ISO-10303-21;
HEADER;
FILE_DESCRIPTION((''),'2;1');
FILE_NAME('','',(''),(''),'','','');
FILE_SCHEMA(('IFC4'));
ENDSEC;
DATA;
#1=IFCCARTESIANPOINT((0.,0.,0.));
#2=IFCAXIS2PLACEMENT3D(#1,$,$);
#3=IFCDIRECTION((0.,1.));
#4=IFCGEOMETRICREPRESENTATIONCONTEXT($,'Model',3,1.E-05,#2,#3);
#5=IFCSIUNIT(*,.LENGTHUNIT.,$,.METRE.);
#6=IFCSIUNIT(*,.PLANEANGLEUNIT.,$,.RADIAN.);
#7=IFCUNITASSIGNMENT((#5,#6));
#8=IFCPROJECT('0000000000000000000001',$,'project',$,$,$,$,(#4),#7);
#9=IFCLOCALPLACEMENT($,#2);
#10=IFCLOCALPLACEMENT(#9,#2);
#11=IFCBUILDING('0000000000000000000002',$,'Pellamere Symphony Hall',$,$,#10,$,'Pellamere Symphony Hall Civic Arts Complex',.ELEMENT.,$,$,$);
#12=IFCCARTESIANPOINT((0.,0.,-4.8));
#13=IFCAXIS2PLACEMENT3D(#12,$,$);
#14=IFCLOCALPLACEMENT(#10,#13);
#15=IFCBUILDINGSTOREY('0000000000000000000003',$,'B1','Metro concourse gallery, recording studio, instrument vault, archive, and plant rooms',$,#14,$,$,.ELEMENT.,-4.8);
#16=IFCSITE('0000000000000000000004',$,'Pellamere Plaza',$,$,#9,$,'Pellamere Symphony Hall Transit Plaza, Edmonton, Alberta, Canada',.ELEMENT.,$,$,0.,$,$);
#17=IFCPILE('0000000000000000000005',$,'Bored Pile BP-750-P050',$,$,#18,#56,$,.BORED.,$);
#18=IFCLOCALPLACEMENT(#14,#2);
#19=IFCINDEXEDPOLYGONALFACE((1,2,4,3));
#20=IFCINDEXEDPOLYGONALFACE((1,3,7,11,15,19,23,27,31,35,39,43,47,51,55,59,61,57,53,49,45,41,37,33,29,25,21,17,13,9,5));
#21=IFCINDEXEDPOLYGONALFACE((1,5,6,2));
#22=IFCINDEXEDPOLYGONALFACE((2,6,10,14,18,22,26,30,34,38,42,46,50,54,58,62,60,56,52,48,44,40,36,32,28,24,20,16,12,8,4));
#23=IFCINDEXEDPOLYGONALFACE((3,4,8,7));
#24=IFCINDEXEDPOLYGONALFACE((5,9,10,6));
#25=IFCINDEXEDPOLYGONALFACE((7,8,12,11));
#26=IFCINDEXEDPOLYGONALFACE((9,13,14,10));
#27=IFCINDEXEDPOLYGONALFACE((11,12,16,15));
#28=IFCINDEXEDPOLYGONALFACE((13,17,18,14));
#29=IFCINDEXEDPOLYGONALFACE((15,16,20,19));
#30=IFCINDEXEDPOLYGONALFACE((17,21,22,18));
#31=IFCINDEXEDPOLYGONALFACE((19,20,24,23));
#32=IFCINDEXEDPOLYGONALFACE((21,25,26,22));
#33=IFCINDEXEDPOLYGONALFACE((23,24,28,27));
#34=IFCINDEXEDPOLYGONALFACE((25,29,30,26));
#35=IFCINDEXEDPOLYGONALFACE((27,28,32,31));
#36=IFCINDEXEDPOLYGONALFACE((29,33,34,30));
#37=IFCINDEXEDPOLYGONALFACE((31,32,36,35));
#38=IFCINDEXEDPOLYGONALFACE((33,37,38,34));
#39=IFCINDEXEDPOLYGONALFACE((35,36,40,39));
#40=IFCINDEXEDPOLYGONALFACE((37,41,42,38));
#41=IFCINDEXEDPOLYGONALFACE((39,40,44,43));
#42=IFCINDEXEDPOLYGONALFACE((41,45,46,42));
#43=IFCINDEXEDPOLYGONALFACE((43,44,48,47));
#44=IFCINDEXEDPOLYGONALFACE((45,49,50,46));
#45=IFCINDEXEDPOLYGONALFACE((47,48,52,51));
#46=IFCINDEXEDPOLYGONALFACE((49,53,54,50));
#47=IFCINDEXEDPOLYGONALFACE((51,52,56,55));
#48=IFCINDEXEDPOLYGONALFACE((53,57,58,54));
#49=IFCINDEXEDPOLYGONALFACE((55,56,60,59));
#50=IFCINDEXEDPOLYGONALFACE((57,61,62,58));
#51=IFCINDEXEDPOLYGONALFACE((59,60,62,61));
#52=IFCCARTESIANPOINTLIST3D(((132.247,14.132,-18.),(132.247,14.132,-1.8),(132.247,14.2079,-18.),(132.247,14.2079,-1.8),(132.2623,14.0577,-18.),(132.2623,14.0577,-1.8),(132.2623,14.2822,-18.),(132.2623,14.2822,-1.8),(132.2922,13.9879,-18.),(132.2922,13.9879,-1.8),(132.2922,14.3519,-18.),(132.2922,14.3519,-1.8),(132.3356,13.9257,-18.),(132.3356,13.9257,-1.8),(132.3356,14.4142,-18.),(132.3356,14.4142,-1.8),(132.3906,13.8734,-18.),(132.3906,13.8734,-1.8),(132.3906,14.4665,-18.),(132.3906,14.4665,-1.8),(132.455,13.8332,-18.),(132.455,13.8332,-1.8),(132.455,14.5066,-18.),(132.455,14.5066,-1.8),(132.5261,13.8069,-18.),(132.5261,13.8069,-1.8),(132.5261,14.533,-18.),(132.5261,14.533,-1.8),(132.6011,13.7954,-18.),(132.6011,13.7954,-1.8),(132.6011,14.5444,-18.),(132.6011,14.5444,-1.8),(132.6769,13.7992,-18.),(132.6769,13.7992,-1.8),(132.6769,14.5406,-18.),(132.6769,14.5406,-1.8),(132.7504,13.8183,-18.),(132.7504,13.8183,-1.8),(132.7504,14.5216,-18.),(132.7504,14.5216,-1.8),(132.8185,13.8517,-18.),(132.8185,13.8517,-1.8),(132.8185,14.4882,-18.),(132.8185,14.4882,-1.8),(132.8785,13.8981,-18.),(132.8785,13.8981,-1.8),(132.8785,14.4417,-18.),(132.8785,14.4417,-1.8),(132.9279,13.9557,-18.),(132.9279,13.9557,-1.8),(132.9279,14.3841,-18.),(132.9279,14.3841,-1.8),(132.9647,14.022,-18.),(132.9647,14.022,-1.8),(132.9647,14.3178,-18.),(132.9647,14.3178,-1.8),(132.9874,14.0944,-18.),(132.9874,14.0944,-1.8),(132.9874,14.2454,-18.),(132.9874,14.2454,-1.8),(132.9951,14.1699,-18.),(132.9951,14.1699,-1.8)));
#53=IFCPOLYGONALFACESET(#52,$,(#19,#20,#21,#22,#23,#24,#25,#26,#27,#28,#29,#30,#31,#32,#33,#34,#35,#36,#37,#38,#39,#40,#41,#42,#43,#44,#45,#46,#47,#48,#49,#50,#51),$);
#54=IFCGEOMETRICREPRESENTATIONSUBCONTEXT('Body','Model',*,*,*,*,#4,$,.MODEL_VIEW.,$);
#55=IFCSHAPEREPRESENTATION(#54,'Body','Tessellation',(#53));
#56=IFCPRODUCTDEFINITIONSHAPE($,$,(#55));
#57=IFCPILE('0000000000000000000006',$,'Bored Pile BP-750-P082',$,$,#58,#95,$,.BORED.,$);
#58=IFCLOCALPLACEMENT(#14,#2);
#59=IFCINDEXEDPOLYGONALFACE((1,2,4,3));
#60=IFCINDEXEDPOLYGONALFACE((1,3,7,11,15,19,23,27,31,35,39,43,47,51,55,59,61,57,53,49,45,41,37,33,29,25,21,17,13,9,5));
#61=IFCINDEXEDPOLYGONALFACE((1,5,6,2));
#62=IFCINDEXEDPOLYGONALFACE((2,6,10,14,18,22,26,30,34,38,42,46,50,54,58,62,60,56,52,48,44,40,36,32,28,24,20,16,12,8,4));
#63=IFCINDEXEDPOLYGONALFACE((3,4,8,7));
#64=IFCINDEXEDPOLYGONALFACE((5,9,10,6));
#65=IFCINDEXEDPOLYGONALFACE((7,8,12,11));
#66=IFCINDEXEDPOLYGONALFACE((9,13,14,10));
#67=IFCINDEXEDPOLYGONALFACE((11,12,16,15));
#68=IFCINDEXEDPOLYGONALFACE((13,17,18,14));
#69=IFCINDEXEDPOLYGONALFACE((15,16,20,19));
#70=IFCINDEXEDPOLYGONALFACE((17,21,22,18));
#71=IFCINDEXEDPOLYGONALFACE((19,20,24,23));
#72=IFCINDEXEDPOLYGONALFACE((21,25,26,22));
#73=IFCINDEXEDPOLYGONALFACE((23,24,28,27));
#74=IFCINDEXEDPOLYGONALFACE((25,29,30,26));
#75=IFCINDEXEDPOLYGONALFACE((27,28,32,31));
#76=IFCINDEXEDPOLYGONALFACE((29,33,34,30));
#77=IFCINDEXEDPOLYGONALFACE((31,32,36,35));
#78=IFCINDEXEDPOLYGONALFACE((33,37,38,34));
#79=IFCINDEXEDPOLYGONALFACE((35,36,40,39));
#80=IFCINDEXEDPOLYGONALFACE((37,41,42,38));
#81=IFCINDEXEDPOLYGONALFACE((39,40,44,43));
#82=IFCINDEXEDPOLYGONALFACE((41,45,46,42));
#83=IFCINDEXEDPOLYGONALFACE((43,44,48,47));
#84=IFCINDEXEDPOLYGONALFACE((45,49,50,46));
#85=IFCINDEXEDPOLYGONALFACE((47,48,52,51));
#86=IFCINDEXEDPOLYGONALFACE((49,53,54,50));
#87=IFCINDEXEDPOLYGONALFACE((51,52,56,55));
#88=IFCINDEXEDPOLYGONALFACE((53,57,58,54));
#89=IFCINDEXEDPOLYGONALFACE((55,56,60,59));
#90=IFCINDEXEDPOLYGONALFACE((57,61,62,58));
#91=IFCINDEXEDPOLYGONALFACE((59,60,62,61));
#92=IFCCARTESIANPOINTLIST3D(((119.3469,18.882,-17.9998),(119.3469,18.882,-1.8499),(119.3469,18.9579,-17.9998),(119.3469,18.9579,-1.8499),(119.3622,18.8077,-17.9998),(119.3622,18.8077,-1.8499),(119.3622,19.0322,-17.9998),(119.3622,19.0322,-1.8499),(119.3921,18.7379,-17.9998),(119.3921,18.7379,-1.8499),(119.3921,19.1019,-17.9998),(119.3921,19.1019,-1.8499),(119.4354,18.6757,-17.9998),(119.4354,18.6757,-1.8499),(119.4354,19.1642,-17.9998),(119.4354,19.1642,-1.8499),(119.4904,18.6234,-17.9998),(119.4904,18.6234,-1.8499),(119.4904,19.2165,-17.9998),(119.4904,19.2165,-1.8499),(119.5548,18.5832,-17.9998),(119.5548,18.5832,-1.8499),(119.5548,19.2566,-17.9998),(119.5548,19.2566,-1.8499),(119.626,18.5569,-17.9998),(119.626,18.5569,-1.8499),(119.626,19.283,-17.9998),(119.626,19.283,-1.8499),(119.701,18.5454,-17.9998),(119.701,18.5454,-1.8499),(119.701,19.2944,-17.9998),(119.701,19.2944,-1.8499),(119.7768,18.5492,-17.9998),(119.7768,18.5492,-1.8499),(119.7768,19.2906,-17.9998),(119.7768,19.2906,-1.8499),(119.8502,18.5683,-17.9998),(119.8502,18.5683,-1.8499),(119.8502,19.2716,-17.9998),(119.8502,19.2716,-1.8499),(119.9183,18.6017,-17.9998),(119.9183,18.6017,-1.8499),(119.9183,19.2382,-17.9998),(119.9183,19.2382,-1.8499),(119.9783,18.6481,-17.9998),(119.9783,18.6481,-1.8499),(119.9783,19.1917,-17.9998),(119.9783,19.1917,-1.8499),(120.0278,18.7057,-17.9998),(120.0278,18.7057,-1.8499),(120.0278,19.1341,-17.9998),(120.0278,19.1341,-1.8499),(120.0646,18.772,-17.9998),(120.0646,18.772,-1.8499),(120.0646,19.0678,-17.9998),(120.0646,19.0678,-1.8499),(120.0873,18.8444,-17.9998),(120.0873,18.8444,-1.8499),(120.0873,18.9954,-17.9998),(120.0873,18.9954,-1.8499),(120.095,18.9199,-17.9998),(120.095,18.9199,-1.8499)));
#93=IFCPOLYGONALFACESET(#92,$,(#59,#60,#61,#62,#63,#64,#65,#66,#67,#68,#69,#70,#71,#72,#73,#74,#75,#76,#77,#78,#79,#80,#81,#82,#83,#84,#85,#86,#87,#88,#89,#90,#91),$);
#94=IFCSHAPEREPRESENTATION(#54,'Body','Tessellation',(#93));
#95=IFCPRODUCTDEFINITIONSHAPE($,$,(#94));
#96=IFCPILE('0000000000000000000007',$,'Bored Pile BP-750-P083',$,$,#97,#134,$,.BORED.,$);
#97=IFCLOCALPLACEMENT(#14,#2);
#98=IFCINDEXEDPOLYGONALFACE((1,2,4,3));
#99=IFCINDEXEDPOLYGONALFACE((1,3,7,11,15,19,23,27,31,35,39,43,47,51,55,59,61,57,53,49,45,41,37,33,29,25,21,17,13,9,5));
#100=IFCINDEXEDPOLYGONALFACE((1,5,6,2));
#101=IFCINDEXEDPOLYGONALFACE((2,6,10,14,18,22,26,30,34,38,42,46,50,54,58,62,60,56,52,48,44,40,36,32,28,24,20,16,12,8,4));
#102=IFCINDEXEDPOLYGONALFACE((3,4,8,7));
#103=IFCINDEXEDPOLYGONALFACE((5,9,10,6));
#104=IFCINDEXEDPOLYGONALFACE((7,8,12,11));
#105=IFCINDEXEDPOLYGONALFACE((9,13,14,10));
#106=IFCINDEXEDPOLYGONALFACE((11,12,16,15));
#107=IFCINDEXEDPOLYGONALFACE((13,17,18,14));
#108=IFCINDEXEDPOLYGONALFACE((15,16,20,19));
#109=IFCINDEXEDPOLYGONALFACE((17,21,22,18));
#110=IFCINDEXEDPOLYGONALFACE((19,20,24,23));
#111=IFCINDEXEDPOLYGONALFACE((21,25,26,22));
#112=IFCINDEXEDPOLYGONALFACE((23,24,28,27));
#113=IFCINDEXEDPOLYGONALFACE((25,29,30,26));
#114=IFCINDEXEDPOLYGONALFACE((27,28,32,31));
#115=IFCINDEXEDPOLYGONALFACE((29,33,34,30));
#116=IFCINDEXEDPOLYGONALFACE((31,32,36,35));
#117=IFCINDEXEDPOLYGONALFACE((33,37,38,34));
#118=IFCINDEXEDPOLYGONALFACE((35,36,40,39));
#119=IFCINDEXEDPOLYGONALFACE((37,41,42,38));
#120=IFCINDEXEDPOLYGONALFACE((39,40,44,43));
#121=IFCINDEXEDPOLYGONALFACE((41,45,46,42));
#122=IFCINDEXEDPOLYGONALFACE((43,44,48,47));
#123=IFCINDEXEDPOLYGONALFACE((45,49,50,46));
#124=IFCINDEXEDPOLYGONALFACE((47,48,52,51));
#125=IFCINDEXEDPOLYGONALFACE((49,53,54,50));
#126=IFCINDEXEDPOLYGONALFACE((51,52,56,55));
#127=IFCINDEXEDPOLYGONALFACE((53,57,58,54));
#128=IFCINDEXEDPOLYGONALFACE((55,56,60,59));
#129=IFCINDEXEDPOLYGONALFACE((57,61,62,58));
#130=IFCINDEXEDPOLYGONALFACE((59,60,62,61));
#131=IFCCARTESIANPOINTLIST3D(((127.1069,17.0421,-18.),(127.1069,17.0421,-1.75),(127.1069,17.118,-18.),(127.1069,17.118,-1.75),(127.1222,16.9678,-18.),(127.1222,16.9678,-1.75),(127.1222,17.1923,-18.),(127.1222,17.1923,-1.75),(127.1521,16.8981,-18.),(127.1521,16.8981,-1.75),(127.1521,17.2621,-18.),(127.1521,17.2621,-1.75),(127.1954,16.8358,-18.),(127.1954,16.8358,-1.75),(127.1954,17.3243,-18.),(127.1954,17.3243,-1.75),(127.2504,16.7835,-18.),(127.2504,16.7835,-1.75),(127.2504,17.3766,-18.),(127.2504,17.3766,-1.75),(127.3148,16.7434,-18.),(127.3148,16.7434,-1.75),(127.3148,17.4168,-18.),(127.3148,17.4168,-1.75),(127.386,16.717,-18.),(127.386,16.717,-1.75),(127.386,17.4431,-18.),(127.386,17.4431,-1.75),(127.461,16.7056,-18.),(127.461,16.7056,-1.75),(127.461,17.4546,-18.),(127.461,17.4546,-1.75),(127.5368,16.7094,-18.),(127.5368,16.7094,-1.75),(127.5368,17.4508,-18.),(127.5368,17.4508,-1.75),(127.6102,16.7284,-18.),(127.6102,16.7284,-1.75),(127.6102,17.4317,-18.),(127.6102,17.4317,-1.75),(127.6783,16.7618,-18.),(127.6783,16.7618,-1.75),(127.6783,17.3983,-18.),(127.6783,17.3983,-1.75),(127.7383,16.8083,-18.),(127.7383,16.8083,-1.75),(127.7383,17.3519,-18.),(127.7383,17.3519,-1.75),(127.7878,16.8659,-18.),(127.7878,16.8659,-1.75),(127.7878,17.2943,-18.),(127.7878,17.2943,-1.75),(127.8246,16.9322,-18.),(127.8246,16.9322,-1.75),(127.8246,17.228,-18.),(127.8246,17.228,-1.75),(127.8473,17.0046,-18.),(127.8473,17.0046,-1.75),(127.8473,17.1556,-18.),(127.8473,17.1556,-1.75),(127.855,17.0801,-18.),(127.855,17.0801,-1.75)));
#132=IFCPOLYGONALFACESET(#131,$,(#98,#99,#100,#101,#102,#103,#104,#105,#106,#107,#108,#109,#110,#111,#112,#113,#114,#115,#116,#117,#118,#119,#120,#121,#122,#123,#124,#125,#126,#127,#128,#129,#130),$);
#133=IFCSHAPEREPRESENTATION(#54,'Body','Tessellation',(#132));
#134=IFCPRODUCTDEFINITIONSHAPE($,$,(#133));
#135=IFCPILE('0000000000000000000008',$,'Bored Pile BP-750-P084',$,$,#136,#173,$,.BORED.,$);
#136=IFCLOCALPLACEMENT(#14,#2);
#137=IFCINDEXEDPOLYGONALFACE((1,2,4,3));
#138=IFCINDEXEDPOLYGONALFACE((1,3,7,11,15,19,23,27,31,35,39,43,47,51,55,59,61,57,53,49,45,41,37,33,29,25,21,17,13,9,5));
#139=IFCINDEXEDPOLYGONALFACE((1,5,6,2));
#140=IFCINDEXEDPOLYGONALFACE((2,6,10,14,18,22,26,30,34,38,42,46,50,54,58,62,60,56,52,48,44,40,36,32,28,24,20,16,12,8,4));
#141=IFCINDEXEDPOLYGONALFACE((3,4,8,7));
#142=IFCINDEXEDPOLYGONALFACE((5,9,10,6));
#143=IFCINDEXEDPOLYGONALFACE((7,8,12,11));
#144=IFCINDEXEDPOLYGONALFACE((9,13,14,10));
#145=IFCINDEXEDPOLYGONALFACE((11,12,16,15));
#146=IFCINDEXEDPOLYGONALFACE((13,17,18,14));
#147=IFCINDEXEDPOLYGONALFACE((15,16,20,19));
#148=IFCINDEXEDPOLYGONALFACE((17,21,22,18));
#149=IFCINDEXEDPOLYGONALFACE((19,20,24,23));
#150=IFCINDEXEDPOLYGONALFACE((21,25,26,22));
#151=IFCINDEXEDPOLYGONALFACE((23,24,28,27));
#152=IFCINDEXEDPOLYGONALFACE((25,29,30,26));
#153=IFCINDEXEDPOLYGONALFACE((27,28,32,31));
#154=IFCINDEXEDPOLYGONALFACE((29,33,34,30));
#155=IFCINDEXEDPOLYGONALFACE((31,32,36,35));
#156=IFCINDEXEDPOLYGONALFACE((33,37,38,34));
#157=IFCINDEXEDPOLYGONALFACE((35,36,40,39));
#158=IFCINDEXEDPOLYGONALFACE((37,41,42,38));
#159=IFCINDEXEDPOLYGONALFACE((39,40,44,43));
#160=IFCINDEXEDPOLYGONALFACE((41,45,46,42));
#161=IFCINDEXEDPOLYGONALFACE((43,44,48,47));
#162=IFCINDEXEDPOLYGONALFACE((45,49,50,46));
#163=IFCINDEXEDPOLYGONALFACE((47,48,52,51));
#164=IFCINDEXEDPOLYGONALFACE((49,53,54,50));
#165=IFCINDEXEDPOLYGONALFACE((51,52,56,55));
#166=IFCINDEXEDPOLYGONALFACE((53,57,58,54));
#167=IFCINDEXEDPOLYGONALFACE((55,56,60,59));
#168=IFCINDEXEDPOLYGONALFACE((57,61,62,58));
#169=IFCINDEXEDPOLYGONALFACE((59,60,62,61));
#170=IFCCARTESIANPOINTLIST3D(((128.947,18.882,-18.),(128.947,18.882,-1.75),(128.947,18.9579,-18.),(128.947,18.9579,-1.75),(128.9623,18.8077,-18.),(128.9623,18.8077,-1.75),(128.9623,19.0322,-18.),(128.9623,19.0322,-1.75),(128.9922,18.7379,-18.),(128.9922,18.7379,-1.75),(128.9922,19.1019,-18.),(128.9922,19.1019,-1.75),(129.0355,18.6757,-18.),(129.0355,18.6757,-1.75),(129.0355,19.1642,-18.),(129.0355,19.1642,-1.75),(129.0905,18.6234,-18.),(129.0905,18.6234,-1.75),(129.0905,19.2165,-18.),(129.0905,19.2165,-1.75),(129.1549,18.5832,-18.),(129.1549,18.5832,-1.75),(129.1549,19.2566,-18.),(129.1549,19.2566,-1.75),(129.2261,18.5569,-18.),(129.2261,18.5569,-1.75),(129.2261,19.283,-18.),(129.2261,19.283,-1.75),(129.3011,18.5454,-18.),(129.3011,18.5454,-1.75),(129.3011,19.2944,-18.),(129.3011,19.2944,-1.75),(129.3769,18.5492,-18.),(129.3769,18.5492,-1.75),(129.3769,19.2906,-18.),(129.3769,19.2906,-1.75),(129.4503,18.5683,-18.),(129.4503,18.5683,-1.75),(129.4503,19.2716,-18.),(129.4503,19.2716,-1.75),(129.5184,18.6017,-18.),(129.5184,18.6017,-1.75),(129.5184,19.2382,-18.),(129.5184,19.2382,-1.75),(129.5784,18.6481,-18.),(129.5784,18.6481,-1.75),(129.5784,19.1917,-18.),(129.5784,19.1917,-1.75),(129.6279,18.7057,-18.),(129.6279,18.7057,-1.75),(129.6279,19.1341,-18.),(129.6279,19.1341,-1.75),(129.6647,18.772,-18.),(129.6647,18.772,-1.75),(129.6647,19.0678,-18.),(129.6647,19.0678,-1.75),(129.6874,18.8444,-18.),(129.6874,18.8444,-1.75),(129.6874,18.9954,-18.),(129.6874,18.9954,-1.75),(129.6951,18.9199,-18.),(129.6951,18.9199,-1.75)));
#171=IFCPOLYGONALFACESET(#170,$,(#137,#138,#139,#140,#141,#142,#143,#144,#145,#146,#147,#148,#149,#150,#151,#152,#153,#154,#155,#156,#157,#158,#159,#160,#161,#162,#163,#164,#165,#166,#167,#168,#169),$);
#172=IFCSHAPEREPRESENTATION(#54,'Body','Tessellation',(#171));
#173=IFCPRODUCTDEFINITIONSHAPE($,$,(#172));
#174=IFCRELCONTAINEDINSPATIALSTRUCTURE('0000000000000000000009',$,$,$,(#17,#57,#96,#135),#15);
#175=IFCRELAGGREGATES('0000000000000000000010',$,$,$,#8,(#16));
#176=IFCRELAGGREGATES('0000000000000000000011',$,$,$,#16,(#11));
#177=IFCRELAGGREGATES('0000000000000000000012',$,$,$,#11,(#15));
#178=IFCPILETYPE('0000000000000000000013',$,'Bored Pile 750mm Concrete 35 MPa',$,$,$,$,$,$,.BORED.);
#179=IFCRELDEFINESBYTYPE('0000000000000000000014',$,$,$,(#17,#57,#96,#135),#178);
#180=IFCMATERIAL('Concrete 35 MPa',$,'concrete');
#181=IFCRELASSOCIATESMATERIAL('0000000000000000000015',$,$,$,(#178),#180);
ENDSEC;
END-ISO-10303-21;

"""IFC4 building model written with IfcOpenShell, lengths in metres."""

from ifc_helpers import new_model, si_unit, direction, frame, origin, origin_2d, place, context, subcontext, project, spatial, circle, extrude, material, material_profile, profile_set, type_object, element, save


model = new_model("IFC4")

# Units and contexts
model_context = context("Model", 3, precision=1e-05, world=origin(), true_north=direction((0.0, 1.0)))
body_context = subcontext(model_context, "Body", "Model", "MODEL_VIEW")
ifc_project = project(units=[si_unit("LENGTHUNIT", "METRE"), si_unit("PLANEANGLEUNIT", "RADIAN")], contexts=[model_context])

# Site, building, storey
site_placement = place(None, origin())
site = spatial("IfcSite", under=ifc_project, at=site_placement, Name="Pellamere Plaza", LongName="Pellamere Symphony Hall Transit Plaza, Edmonton, Alberta, Canada", CompositionType="ELEMENT", RefElevation=0.0)
building_placement = place(site_placement, origin())
building = spatial("IfcBuilding", under=site, at=building_placement, Name="Pellamere Symphony Hall", LongName="Pellamere Symphony Hall Civic Arts Complex", CompositionType="ELEMENT")
storey_placement = place(building_placement, frame((0.0, 0.0, -4.8)))
storey = spatial("IfcBuildingStorey", under=building, at=storey_placement, Name="B1", Description="Metro concourse gallery, recording studio, instrument vault, archive, and plant rooms", CompositionType="ELEMENT", Elevation=-4.8)

# Piles
ifc_material_1 = material(Name="Concrete 35 MPa", Category="concrete")
ifc_material_profile_1 = material_profile(ifc_material_1, circle(Radius=0.375, at=origin_2d()), Name="PILE D750")
ifc_profile_set_1 = profile_set([ifc_material_profile_1], Name="Concrete 35 MPa")
pile_type = type_object("IfcPileType", Name="Bored Pile 750mm Concrete 35 MPa", PredefinedType="BORED", material=ifc_profile_set_1)
for number, where, z_axis, x_axis, name in (
    (1, (132.6201, 14.1699, -1.8), (0.0, 0.0, -1.0), (1.0, 0.0, 0.0), "Bored Pile BP-750-P050"),
):
    element("IfcPile", number, at=place(storey_placement, frame(where, z_axis=z_axis, x_axis=x_axis)), inside=storey, type_object=pile_type, Name=name, PredefinedType="BORED", context=body_context, shape_type="SweptSolid", body=[
        extrude(circle(Radius=0.375, at=origin_2d()), origin(), (0.0, 0.0, 1.0), 16.2),
    ])
pile_1_placement = place(storey_placement, frame((119.72, 18.9199, -1.8499), z_axis=(0.0, 0.0, -1.0), x_axis=(1.0, 0.0, 0.0)))
element("IfcPile", 2, at=pile_1_placement, inside=storey, type_object=pile_type, Name="Bored Pile BP-750-P082", PredefinedType="BORED", context=body_context, shape_type="SweptSolid", body=[
    extrude(circle(Radius=0.375, at=origin_2d()), origin(), (0.0, 0.0, 1.0), 16.1499),
])
for number, where, z_axis, x_axis, name in (
    (3, (127.48, 17.0801, -1.75), (0.0, 0.0, -1.0), (1.0, 0.0, 0.0), "Bored Pile BP-750-P083"),
    (4, (129.3201, 18.9199, -1.75), (0.0, 0.0, -1.0), (1.0, 0.0, 0.0), "Bored Pile BP-750-P084"),
):
    element("IfcPile", number, at=place(storey_placement, frame(where, z_axis=z_axis, x_axis=x_axis)), inside=storey, type_object=pile_type, Name=name, PredefinedType="BORED", context=body_context, shape_type="SweptSolid", body=[
        extrude(circle(Radius=0.375, at=origin_2d()), origin(), (0.0, 0.0, 1.0), 16.25),
    ])

save(model, "model.ifc")
